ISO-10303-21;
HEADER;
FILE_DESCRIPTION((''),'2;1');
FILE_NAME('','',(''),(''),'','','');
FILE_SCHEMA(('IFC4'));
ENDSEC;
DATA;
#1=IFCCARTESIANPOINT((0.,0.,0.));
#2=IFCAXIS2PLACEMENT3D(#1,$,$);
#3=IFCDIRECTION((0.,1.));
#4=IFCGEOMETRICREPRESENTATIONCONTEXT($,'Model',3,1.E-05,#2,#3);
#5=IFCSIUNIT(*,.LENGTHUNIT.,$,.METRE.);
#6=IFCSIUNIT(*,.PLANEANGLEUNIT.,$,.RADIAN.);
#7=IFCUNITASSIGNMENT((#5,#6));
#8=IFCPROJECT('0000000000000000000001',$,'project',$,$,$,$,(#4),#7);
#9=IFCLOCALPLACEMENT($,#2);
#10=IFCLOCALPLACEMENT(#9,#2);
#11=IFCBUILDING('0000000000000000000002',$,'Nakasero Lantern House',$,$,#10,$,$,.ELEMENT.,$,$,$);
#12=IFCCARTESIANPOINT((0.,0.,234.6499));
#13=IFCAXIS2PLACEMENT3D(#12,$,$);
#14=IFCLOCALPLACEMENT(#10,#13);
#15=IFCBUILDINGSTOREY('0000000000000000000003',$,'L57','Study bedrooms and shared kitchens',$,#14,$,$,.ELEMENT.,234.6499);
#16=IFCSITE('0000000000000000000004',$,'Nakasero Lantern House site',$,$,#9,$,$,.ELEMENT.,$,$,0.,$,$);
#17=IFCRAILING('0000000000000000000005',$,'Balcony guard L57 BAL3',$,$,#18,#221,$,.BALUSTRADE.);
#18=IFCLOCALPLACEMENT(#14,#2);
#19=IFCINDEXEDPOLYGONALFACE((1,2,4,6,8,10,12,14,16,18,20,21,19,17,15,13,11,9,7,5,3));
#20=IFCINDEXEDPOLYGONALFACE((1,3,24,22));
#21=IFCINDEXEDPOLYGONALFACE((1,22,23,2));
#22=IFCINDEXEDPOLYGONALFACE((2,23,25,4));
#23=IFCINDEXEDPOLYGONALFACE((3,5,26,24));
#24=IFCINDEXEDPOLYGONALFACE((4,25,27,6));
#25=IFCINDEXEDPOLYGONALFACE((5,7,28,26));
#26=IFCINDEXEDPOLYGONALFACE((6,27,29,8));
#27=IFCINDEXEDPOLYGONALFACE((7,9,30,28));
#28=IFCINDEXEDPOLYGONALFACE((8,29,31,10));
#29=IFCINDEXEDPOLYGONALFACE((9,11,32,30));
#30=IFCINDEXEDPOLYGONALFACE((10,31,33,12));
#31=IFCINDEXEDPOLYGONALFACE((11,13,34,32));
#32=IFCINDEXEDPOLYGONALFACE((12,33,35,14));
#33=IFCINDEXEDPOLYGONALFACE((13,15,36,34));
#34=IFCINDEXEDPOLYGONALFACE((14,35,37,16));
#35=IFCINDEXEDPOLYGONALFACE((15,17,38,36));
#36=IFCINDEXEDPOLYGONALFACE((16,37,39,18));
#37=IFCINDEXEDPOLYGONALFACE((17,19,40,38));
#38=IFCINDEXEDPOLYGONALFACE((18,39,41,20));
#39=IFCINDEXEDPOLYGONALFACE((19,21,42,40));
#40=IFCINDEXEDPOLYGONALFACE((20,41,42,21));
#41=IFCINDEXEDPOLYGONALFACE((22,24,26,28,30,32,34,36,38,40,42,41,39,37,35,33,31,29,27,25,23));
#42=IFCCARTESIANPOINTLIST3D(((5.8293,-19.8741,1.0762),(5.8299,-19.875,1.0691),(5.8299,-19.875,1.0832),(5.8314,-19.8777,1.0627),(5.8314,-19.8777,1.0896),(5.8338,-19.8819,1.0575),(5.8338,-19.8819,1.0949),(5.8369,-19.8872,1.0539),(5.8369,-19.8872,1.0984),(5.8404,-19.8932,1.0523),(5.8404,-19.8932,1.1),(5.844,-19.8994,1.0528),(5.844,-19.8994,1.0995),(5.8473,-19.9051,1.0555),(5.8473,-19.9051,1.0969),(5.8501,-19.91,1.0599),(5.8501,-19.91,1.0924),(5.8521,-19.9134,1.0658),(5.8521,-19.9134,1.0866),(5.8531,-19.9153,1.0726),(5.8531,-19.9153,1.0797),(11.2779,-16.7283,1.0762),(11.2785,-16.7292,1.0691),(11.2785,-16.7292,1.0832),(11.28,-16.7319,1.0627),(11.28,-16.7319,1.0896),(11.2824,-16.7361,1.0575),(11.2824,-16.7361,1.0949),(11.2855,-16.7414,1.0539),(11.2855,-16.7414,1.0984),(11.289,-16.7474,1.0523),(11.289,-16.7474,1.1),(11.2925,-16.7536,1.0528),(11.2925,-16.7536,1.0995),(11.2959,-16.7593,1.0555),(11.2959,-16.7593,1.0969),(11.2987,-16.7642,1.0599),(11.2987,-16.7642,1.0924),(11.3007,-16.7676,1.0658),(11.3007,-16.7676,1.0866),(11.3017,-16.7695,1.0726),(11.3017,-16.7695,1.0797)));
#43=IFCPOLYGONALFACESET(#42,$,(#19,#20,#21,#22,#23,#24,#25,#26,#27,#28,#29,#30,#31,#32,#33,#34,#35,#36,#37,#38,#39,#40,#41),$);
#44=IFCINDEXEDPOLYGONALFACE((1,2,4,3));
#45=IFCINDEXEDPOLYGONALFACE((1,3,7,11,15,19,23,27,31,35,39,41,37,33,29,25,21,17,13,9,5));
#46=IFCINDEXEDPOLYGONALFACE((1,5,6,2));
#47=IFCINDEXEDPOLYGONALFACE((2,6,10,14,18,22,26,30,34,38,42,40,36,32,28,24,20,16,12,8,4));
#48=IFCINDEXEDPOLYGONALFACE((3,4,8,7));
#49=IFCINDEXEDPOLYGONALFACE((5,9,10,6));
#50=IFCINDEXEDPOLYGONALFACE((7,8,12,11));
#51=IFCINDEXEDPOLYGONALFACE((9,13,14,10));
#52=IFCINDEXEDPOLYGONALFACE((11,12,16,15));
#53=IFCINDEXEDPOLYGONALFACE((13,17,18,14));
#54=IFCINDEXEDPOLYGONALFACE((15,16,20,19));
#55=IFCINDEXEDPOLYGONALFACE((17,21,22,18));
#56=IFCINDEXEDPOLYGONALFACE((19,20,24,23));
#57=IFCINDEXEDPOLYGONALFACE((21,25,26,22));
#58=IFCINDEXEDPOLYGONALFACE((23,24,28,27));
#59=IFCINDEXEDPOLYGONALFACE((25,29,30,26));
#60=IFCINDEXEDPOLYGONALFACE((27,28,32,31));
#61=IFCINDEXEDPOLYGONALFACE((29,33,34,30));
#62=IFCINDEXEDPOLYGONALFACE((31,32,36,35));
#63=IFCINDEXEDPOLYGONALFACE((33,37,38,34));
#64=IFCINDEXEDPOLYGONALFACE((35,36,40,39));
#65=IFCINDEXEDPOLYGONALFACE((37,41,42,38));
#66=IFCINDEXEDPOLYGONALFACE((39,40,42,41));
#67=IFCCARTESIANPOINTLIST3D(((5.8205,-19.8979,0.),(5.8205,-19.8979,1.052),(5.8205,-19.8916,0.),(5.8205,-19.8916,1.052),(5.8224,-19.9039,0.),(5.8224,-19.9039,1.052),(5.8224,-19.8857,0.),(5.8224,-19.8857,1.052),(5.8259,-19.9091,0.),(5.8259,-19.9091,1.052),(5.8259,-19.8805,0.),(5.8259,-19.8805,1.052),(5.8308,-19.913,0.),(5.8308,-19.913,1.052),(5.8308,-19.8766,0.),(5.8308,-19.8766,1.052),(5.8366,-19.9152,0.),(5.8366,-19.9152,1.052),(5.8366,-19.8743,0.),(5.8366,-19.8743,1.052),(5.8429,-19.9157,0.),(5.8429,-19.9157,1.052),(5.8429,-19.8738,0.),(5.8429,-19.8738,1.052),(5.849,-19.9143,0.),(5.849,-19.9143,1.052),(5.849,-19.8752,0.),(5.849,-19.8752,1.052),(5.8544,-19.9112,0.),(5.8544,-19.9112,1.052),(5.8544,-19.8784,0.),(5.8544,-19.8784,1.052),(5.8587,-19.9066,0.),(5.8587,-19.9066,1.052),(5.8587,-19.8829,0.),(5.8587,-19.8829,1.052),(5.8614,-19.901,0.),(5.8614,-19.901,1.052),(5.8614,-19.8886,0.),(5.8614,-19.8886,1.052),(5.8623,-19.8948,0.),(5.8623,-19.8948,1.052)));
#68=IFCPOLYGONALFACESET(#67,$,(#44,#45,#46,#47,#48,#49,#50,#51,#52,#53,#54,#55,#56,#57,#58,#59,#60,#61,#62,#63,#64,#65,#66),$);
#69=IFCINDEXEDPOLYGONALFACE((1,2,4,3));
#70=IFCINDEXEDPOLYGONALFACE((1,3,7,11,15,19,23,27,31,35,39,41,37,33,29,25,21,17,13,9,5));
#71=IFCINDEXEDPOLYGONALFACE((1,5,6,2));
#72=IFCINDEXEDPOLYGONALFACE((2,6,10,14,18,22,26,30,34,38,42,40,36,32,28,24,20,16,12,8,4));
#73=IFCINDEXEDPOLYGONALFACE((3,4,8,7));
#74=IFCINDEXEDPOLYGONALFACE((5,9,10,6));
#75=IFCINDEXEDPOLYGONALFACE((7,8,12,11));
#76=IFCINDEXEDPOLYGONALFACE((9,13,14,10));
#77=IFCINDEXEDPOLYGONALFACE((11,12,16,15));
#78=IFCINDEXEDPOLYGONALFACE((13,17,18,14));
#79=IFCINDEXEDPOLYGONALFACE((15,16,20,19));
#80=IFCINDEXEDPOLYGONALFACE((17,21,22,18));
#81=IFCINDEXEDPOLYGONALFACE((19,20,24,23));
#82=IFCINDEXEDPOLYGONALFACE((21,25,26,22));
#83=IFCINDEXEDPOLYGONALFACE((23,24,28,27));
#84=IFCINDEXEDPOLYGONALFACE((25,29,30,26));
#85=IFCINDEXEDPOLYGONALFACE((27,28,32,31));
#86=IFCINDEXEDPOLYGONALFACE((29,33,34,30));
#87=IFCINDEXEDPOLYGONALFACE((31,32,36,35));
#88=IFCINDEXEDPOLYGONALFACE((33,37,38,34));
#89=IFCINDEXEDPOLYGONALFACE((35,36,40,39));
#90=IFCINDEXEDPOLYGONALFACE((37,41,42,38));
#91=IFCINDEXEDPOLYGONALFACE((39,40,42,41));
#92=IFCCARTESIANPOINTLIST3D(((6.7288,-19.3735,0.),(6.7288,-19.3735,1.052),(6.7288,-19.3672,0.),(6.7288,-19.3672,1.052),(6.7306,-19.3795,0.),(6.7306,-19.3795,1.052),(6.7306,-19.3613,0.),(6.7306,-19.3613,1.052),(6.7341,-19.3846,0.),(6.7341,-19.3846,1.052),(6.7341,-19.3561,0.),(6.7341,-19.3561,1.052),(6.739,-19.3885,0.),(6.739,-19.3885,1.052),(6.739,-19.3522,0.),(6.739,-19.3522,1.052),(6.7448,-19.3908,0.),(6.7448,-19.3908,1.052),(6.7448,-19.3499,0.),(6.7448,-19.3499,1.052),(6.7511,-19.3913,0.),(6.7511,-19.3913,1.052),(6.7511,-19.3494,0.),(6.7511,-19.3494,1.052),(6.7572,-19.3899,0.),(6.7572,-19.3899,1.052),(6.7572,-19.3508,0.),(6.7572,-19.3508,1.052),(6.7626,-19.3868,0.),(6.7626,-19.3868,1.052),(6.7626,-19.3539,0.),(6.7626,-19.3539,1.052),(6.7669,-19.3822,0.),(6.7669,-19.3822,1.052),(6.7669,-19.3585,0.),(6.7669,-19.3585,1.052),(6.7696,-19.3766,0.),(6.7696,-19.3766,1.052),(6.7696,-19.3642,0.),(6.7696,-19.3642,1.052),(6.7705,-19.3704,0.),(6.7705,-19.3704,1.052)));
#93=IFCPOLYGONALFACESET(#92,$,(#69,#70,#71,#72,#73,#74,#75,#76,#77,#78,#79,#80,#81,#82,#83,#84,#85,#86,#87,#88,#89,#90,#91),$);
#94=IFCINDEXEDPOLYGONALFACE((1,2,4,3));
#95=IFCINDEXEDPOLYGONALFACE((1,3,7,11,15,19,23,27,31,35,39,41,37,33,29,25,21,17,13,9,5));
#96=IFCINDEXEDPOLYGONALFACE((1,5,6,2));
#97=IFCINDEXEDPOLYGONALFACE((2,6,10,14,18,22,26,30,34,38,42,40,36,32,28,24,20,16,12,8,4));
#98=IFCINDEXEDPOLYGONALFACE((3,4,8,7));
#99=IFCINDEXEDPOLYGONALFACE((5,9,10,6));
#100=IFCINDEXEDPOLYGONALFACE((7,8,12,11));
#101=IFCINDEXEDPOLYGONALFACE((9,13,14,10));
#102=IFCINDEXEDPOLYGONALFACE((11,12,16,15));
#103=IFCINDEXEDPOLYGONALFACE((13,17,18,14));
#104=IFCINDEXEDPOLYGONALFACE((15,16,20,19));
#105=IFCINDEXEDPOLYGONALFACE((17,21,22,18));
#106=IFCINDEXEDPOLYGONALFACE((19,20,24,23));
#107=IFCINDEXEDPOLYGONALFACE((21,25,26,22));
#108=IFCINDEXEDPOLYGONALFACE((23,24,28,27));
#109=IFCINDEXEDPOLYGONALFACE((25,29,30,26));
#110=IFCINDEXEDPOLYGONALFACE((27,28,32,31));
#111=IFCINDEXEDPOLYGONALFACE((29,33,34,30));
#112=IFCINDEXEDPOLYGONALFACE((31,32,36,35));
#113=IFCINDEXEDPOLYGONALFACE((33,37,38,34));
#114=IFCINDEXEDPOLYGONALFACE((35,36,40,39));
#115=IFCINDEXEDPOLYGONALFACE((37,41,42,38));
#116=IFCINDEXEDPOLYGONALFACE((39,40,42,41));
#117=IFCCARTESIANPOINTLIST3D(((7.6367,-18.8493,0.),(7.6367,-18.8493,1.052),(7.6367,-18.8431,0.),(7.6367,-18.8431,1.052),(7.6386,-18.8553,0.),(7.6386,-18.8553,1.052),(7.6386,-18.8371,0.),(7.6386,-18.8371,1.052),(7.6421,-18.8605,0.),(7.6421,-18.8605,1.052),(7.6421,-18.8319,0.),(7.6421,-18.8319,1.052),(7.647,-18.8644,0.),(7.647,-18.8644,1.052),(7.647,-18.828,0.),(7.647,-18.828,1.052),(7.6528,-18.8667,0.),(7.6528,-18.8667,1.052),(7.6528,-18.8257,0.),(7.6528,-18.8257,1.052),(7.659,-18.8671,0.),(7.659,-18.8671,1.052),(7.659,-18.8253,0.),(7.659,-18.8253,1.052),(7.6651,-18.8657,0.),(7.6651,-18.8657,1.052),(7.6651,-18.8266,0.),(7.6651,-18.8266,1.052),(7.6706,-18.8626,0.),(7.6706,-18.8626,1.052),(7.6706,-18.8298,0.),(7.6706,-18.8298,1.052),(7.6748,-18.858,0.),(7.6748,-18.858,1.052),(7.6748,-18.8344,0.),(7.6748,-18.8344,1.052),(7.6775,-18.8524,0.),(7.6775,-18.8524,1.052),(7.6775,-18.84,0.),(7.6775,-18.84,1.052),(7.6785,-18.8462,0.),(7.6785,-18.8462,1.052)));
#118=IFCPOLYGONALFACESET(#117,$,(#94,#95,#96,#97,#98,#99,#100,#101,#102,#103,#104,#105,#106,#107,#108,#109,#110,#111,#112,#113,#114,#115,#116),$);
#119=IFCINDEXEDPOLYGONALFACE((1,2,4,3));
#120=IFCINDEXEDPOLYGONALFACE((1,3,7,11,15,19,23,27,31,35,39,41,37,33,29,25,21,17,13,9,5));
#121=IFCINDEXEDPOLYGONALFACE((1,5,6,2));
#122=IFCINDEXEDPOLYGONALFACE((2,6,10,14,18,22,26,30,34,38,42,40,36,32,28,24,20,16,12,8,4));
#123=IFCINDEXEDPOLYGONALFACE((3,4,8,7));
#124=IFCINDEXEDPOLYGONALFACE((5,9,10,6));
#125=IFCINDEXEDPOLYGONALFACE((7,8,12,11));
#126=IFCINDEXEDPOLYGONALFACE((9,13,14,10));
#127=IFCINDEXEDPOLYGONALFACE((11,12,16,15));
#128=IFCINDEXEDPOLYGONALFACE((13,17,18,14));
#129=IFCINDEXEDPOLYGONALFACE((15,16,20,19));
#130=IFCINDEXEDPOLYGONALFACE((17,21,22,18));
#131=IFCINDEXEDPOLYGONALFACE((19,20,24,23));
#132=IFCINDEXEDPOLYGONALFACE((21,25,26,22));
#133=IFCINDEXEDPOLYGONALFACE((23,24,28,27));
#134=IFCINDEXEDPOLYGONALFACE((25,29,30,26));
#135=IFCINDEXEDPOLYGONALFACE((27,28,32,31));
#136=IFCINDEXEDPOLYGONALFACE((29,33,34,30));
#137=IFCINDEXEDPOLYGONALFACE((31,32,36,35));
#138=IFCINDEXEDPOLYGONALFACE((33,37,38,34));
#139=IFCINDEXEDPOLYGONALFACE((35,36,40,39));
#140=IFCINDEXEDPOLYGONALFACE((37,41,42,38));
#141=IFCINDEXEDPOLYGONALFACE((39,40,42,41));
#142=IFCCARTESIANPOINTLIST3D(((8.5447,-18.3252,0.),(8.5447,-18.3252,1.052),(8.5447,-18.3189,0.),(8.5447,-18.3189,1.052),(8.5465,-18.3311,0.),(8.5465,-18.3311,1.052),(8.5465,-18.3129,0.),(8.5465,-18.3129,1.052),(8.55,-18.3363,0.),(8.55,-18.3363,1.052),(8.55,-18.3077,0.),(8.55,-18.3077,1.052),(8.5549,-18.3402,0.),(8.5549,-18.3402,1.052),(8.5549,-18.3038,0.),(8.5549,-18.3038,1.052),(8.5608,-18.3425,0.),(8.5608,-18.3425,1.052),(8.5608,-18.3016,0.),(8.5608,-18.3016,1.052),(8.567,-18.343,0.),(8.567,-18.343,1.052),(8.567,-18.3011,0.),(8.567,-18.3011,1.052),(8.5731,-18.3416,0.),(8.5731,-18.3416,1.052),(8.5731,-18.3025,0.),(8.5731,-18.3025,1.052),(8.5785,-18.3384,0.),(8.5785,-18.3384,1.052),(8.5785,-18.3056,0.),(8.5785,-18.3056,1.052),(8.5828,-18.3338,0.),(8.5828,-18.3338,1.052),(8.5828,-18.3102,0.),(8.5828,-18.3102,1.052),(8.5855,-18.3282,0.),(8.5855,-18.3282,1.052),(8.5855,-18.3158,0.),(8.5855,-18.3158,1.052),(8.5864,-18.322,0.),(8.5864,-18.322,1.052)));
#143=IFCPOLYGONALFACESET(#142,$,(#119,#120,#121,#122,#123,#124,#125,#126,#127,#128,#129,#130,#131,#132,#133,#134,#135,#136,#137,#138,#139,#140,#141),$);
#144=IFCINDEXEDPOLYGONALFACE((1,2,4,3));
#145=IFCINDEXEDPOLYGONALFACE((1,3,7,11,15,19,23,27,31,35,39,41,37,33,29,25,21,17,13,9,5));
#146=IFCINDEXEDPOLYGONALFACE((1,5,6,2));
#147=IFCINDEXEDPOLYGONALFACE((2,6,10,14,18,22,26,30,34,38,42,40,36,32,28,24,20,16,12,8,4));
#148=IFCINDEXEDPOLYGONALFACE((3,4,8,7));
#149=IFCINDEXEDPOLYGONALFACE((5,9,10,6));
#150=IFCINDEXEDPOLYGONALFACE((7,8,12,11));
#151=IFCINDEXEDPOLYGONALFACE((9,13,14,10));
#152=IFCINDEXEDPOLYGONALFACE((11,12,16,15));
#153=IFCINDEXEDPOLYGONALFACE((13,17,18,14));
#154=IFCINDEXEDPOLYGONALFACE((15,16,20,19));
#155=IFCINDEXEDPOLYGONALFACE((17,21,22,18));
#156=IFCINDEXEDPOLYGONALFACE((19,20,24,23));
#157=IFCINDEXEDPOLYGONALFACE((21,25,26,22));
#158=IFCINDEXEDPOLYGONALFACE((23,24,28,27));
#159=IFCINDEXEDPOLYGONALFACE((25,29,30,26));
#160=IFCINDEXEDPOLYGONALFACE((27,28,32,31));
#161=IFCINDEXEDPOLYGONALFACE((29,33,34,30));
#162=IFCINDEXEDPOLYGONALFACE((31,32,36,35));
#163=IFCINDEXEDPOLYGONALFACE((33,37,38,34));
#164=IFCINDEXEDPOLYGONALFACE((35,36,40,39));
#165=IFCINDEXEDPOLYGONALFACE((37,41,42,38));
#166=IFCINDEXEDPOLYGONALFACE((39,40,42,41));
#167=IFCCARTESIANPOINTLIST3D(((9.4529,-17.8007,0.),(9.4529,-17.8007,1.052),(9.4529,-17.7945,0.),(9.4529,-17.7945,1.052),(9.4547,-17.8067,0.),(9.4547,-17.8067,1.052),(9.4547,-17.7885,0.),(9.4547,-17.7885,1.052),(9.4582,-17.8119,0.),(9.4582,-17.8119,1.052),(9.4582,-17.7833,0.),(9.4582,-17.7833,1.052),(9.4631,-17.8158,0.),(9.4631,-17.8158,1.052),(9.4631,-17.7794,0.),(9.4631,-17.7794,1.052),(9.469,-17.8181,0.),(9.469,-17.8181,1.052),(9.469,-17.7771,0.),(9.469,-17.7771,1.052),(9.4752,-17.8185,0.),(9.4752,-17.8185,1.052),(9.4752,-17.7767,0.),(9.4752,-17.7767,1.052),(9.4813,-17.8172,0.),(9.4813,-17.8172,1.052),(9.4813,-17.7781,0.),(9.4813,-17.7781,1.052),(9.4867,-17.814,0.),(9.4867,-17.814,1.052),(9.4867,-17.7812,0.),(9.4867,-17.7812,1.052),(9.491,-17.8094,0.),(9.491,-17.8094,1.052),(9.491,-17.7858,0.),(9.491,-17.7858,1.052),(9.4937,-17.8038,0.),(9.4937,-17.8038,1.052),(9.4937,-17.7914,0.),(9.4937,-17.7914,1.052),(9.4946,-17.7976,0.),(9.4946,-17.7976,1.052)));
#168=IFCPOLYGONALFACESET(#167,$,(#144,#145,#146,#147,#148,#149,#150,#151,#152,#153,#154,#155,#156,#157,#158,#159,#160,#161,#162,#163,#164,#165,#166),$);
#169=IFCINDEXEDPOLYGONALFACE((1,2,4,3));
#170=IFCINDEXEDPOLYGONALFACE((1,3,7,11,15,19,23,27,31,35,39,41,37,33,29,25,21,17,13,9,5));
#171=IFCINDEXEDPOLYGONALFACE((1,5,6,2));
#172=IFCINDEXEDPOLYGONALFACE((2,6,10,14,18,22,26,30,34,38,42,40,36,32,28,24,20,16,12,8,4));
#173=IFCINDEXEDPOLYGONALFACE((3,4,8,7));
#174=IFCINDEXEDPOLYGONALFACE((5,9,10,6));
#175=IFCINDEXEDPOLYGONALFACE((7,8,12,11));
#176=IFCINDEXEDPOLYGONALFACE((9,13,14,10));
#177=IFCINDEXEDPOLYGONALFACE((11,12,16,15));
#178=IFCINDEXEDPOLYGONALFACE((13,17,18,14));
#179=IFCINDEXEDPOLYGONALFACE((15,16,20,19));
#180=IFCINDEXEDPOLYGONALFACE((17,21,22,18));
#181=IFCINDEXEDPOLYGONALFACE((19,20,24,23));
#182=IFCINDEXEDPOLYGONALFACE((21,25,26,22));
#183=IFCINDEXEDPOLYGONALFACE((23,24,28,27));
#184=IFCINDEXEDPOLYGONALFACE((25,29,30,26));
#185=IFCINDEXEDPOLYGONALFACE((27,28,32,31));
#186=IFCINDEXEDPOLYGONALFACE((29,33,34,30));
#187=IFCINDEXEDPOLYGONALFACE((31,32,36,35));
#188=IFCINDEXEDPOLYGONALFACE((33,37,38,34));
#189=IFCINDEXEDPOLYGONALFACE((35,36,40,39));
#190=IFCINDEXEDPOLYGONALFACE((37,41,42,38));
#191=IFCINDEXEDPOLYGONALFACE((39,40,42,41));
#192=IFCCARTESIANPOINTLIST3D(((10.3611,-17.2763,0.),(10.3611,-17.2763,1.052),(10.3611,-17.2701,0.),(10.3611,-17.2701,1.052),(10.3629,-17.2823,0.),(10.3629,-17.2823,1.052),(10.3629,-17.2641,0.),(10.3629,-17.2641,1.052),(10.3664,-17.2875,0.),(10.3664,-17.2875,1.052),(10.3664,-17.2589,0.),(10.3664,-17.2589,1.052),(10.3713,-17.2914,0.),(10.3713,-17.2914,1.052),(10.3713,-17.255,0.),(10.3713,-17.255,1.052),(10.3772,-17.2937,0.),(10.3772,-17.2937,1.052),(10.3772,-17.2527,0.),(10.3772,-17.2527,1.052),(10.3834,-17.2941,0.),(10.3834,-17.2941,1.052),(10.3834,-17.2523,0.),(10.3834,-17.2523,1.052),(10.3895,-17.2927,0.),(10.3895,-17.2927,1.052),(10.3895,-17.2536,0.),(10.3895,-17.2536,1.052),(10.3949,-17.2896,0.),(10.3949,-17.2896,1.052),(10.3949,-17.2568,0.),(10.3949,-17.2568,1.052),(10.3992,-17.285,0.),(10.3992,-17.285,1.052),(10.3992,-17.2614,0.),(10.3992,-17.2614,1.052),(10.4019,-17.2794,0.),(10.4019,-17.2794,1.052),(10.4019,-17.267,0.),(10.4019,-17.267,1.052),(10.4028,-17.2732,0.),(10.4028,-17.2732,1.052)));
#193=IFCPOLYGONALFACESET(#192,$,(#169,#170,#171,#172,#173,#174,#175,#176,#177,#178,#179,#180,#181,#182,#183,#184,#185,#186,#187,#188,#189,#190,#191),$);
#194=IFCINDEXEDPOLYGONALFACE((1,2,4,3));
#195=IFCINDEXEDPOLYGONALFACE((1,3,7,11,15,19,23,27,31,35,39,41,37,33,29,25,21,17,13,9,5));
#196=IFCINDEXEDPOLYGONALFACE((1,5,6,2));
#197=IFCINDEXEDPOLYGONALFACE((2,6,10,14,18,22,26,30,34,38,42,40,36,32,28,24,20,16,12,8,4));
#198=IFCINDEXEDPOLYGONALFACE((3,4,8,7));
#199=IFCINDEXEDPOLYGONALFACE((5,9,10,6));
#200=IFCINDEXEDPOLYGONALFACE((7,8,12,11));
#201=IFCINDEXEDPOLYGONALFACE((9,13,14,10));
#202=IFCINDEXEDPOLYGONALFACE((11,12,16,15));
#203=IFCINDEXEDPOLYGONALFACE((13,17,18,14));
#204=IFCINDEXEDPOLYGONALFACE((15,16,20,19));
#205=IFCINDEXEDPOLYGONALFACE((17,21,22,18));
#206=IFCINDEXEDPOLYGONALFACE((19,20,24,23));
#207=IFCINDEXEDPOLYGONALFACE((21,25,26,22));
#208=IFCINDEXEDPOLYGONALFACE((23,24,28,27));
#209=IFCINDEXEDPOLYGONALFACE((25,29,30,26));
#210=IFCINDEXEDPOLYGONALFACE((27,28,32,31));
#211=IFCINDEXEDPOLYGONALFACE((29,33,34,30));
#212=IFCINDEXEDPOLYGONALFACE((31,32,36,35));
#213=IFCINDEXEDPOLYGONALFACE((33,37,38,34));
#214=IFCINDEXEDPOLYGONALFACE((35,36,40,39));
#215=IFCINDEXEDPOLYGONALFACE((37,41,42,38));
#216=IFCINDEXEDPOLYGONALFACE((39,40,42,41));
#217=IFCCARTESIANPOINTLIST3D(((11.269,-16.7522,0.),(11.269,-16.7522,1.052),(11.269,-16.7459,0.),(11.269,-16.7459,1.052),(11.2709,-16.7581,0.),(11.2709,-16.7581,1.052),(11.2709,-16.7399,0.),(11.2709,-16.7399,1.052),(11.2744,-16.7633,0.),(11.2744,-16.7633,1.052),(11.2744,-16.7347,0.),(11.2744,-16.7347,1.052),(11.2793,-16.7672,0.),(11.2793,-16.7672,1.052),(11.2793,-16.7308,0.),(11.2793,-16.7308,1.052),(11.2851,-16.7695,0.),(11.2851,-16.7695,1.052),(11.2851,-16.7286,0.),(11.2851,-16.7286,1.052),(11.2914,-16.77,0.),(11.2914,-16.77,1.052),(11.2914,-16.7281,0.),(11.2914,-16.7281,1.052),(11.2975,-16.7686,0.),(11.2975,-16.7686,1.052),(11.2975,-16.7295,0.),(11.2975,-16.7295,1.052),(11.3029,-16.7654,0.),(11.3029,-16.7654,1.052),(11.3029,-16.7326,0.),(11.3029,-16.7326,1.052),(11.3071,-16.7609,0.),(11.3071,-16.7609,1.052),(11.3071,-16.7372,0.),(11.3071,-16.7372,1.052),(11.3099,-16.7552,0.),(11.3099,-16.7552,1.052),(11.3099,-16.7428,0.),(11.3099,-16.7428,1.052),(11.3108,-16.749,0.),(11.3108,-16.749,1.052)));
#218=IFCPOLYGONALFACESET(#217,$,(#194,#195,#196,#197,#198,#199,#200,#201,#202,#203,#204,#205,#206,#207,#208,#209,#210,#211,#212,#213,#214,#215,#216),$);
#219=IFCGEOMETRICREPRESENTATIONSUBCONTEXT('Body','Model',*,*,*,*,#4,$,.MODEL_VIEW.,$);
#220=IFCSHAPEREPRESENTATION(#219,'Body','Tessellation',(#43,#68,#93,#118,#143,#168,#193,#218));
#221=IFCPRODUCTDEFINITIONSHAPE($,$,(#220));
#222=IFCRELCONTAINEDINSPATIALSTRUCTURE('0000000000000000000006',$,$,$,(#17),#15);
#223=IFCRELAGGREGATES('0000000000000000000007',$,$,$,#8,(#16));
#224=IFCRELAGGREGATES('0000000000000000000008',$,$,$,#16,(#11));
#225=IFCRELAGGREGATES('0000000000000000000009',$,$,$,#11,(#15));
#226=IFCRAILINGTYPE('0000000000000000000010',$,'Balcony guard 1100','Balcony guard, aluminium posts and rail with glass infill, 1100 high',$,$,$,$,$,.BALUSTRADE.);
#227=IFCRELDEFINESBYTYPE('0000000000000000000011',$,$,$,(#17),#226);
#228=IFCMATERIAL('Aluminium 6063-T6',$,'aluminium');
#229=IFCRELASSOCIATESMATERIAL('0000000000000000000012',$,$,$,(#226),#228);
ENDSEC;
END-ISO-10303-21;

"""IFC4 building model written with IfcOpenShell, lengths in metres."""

from ifc_helpers import new_model, si_unit, direction, frame, origin, origin_2d, place, context, subcontext, project, spatial, circle, extrude, material, type_object, element, save


model = new_model("IFC4")

# Units and contexts
model_context = context("Model", 3, precision=1e-05, world=origin(), true_north=direction((0.0, 1.0)))
body_context = subcontext(model_context, "Body", "Model", "MODEL_VIEW")
ifc_project = project(units=[si_unit("LENGTHUNIT", "METRE"), si_unit("PLANEANGLEUNIT", "RADIAN")], contexts=[model_context])

# Site, building, storey
site_placement = place(None, origin())
site = spatial("IfcSite", under=ifc_project, at=site_placement, Name="Nakasero Lantern House site", CompositionType="ELEMENT", RefElevation=0.0)
building_placement = place(site_placement, origin())
building = spatial("IfcBuilding", under=site, at=building_placement, Name="Nakasero Lantern House", CompositionType="ELEMENT")
storey_placement = place(building_placement, frame((0.0, 0.0, 234.6499)))
storey = spatial("IfcBuildingStorey", under=building, at=storey_placement, Name="L57", Description="Study bedrooms and shared kitchens", CompositionType="ELEMENT", Elevation=234.6499)

# Railing
ifc_material_1 = material(Name="Aluminium 6063-T6", Category="aluminium")
railing_type = type_object("IfcRailingType", Name="Balcony guard 1100", Description="Balcony guard, aluminium posts and rail with glass infill, 1100 high", PredefinedType="BALUSTRADE", material=ifc_material_1)
railing_placement = place(storey_placement, frame((5.8413, -19.8948, 0.0)))
element("IfcRailing", 1, at=railing_placement, inside=storey, type_object=railing_type, Name="Balcony guard L57 BAL3", PredefinedType="BALUSTRADE", context=body_context, shape_type="SweptSolid", body=[
    extrude(circle(Radius=0.0239, at=origin_2d()), frame((0.0, 0.0, 1.0762), z_axis=(0.866021, 0.500008, 0.0), x_axis=(-0.500008, 0.866021, 0.0)), (0.0, 0.0, 1.0), 6.2915),
    extrude(circle(Radius=0.021, at=origin_2d()), origin(), (0.0, 0.0, 1.0), 1.052),
    extrude(circle(Radius=0.021, at=origin_2d()), frame((0.9082, 0.5244, 0.0)), (0.0, 0.0, 1.0), 1.052),
    extrude(circle(Radius=0.021, at=origin_2d()), frame((1.8162, 1.0486, 0.0)), (0.0, 0.0, 1.0), 1.052),
    extrude(circle(Radius=0.021, at=origin_2d()), frame((2.7241, 1.5728, 0.0)), (0.0, 0.0, 1.0), 1.052),
    extrude(circle(Radius=0.021, at=origin_2d()), frame((3.6323, 2.0972, 0.0)), (0.0, 0.0, 1.0), 1.052),
    extrude(circle(Radius=0.021, at=origin_2d()), frame((4.5405, 2.6216, 0.0)), (0.0, 0.0, 1.0), 1.052),
    extrude(circle(Radius=0.021, at=origin_2d()), frame((5.4485, 3.1458, 0.0)), (0.0, 0.0, 1.0), 1.052),
])

save(model, "model.ifc")
